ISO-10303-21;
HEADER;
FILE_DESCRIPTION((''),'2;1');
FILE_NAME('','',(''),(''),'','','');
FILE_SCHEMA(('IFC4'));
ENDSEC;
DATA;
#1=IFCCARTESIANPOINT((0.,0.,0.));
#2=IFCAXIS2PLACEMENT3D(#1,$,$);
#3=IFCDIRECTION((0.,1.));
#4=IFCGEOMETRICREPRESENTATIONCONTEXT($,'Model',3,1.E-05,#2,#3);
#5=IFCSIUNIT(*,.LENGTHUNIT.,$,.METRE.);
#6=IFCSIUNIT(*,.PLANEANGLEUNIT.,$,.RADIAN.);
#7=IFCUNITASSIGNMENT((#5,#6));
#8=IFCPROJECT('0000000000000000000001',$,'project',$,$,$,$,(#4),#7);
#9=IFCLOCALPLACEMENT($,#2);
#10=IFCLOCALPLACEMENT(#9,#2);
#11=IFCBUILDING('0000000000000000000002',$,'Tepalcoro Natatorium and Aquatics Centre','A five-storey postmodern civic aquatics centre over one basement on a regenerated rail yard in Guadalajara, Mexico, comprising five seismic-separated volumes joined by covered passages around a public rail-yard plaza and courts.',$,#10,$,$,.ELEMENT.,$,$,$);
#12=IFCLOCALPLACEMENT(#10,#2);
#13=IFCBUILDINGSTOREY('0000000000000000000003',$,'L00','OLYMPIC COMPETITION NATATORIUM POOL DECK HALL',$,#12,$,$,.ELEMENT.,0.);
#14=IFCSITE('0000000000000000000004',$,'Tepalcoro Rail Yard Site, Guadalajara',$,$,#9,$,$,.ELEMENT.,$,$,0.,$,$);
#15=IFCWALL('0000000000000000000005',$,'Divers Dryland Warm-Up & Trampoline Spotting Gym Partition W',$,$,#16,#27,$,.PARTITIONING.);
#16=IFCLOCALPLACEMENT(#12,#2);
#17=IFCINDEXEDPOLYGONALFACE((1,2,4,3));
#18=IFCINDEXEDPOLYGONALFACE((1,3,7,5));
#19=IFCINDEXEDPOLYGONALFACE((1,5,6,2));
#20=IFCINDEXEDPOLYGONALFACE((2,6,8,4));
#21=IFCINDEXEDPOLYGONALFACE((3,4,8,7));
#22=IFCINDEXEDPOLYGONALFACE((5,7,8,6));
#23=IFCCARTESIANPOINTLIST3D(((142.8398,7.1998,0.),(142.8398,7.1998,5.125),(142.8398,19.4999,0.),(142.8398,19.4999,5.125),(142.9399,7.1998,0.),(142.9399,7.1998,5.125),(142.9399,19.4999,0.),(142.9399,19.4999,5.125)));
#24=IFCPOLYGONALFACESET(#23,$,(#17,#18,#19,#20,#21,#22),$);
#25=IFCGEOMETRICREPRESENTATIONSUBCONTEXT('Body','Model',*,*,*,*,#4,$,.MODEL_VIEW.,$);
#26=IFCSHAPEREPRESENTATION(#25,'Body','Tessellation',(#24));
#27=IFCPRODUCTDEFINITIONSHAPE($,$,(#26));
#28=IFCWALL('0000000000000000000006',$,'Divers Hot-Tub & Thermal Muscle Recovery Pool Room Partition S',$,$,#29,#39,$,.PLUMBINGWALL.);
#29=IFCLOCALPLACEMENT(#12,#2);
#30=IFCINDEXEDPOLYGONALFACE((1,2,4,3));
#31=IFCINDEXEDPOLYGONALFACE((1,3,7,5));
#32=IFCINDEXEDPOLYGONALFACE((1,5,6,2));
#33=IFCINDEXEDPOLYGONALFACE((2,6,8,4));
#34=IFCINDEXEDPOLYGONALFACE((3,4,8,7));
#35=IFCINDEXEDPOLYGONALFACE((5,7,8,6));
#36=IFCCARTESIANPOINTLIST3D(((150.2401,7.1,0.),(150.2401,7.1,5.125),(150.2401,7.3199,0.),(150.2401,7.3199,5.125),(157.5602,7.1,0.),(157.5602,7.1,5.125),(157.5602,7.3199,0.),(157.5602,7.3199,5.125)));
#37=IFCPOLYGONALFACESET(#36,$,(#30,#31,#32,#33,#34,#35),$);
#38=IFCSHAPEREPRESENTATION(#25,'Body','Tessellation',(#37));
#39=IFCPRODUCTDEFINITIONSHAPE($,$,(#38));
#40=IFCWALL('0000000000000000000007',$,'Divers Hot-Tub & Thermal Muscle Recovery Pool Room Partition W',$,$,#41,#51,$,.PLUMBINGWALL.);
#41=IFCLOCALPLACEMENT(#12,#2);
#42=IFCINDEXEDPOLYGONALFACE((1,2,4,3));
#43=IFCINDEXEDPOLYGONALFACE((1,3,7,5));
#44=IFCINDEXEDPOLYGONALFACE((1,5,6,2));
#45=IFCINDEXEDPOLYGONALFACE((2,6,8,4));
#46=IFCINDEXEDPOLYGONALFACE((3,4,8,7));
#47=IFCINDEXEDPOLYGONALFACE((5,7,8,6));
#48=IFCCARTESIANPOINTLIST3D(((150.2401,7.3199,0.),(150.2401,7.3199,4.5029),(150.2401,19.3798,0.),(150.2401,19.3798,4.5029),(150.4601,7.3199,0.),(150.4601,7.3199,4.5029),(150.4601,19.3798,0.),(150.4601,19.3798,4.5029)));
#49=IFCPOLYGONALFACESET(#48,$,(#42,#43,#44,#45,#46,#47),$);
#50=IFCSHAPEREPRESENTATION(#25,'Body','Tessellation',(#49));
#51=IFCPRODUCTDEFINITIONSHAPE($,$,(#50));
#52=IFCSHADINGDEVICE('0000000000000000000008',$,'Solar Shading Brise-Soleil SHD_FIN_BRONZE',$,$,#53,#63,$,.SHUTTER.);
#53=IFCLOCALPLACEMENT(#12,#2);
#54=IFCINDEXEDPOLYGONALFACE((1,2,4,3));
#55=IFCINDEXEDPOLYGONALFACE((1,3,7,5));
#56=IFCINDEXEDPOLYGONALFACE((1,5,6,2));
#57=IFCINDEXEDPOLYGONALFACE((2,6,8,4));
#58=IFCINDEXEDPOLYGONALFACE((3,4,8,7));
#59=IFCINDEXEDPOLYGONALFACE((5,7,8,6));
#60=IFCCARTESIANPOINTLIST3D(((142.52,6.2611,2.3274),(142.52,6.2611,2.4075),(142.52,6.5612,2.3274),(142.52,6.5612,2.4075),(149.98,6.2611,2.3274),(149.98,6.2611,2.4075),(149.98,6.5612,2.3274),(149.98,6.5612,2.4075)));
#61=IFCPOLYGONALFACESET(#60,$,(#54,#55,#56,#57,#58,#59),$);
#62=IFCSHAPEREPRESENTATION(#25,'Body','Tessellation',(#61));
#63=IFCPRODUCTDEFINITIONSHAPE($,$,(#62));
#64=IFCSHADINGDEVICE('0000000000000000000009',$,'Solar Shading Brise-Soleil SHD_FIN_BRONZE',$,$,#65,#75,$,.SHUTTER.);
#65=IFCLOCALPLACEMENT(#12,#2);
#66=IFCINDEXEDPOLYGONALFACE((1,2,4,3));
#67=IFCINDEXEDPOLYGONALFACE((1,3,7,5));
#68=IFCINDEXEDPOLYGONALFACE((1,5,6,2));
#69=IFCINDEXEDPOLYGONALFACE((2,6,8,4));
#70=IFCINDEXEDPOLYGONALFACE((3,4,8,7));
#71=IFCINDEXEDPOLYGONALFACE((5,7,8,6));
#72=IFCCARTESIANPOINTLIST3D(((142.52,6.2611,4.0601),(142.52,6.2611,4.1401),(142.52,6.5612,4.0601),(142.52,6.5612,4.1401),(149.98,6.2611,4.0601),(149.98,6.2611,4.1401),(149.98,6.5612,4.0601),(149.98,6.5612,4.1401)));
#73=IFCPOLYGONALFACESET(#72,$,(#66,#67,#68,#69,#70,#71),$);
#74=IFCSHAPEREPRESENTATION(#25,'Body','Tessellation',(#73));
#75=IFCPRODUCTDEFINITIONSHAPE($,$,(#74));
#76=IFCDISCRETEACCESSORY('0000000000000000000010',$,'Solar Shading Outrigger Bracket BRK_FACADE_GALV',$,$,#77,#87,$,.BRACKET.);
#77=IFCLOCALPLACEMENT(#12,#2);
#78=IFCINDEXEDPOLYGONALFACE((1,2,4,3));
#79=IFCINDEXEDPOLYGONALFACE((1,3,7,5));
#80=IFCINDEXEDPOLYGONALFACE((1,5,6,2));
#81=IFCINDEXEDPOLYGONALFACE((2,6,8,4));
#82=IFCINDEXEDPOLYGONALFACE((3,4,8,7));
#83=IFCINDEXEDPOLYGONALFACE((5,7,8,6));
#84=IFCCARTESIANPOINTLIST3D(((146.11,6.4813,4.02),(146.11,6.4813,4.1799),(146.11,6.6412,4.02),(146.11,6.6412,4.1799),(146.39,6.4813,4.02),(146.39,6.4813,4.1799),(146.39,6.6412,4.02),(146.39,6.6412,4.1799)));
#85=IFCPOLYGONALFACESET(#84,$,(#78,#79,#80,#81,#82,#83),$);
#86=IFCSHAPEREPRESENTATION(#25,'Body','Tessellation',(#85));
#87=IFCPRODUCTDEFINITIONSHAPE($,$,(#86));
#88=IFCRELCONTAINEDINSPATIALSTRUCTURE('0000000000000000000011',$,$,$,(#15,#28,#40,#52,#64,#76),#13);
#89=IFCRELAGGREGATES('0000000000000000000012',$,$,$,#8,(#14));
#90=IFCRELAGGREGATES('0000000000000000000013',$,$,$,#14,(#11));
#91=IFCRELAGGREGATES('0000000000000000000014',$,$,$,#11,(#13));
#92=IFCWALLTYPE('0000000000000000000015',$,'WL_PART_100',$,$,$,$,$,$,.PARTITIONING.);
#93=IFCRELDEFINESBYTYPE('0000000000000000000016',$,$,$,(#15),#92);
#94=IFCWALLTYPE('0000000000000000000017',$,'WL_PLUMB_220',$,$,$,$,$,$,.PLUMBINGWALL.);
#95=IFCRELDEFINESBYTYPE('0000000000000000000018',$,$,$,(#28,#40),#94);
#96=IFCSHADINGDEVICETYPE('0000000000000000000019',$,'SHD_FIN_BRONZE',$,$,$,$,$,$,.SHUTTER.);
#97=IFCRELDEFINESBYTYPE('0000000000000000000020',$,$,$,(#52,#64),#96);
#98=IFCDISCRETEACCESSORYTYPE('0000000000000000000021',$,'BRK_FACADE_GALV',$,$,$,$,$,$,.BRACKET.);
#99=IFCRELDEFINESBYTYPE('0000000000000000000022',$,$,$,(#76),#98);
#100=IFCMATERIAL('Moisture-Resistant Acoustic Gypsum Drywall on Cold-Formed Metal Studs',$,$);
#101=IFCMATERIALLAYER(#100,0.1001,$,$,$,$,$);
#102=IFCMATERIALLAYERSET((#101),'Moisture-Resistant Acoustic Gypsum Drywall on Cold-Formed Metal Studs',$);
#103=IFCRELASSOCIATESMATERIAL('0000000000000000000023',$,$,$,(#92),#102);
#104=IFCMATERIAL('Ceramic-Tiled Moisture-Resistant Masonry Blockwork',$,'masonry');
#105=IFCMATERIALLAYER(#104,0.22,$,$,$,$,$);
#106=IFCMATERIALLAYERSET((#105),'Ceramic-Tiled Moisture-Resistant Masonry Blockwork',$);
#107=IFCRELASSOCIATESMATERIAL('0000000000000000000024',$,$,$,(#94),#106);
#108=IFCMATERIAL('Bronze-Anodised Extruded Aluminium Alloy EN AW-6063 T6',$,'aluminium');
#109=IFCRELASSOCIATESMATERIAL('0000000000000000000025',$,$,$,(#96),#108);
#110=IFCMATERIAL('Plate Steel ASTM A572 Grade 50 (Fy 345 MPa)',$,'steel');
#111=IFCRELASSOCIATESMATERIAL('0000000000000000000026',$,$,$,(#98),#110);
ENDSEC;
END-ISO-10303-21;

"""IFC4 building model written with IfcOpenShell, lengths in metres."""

from ifc_helpers import new_model, si_unit, direction, frame, frame_2d, origin, origin_2d, place, context, subcontext, project, spatial, rectangle, extrude, material, layer, layer_set, type_object, element, save


model = new_model("IFC4")

# Units and contexts
model_context = context("Model", 3, precision=1e-05, world=origin(), true_north=direction((0.0, 1.0)))
body_context = subcontext(model_context, "Body", "Model", "MODEL_VIEW")
ifc_project = project(units=[si_unit("LENGTHUNIT", "METRE"), si_unit("PLANEANGLEUNIT", "RADIAN")], contexts=[model_context])

# Site, building, storey
site_placement = place(None, origin())
site = spatial("IfcSite", under=ifc_project, at=site_placement, Name="Tepalcoro Rail Yard Site, Guadalajara", CompositionType="ELEMENT", RefElevation=0.0)
building_placement = place(site_placement, origin())
building = spatial("IfcBuilding", under=site, at=building_placement, Name="Tepalcoro Natatorium and Aquatics Centre", Description="A five-storey postmodern civic aquatics centre over one basement on a regenerated rail yard in Guadalajara, Mexico, comprising five seismic-separated volumes joined by covered passages around a public rail-yard plaza and courts.", CompositionType="ELEMENT")
storey_placement = place(building_placement, origin())
storey = spatial("IfcBuildingStorey", under=building, at=storey_placement, Name="L00", Description="OLYMPIC COMPETITION NATATORIUM POOL DECK HALL", CompositionType="ELEMENT", Elevation=0.0)

# Shared definitions
ifc_material_1 = material(Name="Bronze-Anodised Extruded Aluminium Alloy EN AW-6063 T6", Category="aluminium")

# Walls
ifc_material_2 = material(Name="Moisture-Resistant Acoustic Gypsum Drywall on Cold-Formed Metal Studs")
ifc_layer_1 = layer(ifc_material_2, 0.1001)
ifc_layer_set_1 = layer_set([ifc_layer_1], Name="Moisture-Resistant Acoustic Gypsum Drywall on Cold-Formed Metal Studs")
wall_type_1 = type_object("IfcWallType", Name="WL_PART_100", PredefinedType="PARTITIONING", material=ifc_layer_set_1)
wall_1_placement = place(storey_placement, frame((142.8899, 7.2, 0.0), z_axis=(0.0, 0.0, 1.0), x_axis=(0.0, 1.0, 0.0)))
element("IfcWall", 1, at=wall_1_placement, inside=storey, type_object=wall_type_1, Name="Divers Dryland Warm-Up & Trampoline Spotting Gym Partition W", PredefinedType="PARTITIONING", context=body_context, shape_type="SweptSolid", body=[
    extrude(rectangle(XDim=12.3, YDim=0.1001, at=frame_2d((6.1499, 0.0))), origin(), (0.0, 0.0, 1.0), 5.125),
])
ifc_material_3 = material(Name="Ceramic-Tiled Moisture-Resistant Masonry Blockwork", Category="masonry")
ifc_layer_2 = layer(ifc_material_3, 0.22)
ifc_layer_set_2 = layer_set([ifc_layer_2], Name="Ceramic-Tiled Moisture-Resistant Masonry Blockwork")
wall_type_2 = type_object("IfcWallType", Name="WL_PLUMB_220", PredefinedType="PLUMBINGWALL", material=ifc_layer_set_2)
wall_2_placement = place(storey_placement, frame((150.24, 7.21, 0.0), z_axis=(0.0, 0.0, 1.0), x_axis=(1.0, 0.0, 0.0)))
element("IfcWall", 2, at=wall_2_placement, inside=storey, type_object=wall_type_2, Name="Divers Hot-Tub & Thermal Muscle Recovery Pool Room Partition S", PredefinedType="PLUMBINGWALL", context=body_context, shape_type="SweptSolid", body=[
    extrude(rectangle(XDim=7.3201, YDim=0.22, at=frame_2d((3.6602, 0.0))), origin(), (0.0, 0.0, 1.0), 5.125),
])
wall_3_placement = place(storey_placement, frame((150.3501, 7.3201, 0.0), z_axis=(0.0, 0.0, 1.0), x_axis=(0.0, 1.0, 0.0)))
element("IfcWall", 3, at=wall_3_placement, inside=storey, type_object=wall_type_2, Name="Divers Hot-Tub & Thermal Muscle Recovery Pool Room Partition W", PredefinedType="PLUMBINGWALL", context=body_context, shape_type="SweptSolid", body=[
    extrude(rectangle(XDim=12.0598, YDim=0.22, at=frame_2d((6.0298, 0.0))), origin(), (0.0, 0.0, 1.0), 4.5029),
])

# Shading devices
shading_device_type = type_object("IfcShadingDeviceType", Name="SHD_FIN_BRONZE", PredefinedType="SHUTTER", material=ifc_material_1)
for number, where, z_axis, x_axis, name in (
    (4, (146.25, 6.4111, 2.3274), (0.0, 0.0, 1.0), (1.0, 0.0, 0.0), "Solar Shading Brise-Soleil SHD_FIN_BRONZE"),
    (5, (146.25, 6.4111, 4.0601), (0.0, 0.0, 1.0), (1.0, 0.0, 0.0), "Solar Shading Brise-Soleil SHD_FIN_BRONZE"),
):
    element("IfcShadingDevice", number, at=place(storey_placement, frame(where, z_axis=z_axis, x_axis=x_axis)), inside=storey, type_object=shading_device_type, Name=name, PredefinedType="SHUTTER", context=body_context, shape_type="SweptSolid", body=[
        extrude(rectangle(XDim=7.46, YDim=0.3, at=origin_2d()), origin(), (0.0, 0.0, 1.0), 0.0801),
    ])

# Discrete accessory
ifc_material_4 = material(Name="Plate Steel ASTM A572 Grade 50 (Fy 345 MPa)", Category="steel")
discrete_accessory_type = type_object("IfcDiscreteAccessoryType", Name="BRK_FACADE_GALV", PredefinedType="BRACKET", material=ifc_material_4)
discrete_accessory_placement = place(storey_placement, frame((146.25, 6.5613, 4.02), z_axis=(0.0, 0.0, 1.0), x_axis=(1.0, 0.0, 0.0)))
element("IfcDiscreteAccessory", 6, at=discrete_accessory_placement, inside=storey, type_object=discrete_accessory_type, Name="Solar Shading Outrigger Bracket BRK_FACADE_GALV", PredefinedType="BRACKET", context=body_context, shape_type="SweptSolid", body=[
    extrude(rectangle(XDim=0.28, YDim=0.1599, at=origin_2d()), origin(), (0.0, 0.0, 1.0), 0.1599),
])

save(model, "model.ifc")
